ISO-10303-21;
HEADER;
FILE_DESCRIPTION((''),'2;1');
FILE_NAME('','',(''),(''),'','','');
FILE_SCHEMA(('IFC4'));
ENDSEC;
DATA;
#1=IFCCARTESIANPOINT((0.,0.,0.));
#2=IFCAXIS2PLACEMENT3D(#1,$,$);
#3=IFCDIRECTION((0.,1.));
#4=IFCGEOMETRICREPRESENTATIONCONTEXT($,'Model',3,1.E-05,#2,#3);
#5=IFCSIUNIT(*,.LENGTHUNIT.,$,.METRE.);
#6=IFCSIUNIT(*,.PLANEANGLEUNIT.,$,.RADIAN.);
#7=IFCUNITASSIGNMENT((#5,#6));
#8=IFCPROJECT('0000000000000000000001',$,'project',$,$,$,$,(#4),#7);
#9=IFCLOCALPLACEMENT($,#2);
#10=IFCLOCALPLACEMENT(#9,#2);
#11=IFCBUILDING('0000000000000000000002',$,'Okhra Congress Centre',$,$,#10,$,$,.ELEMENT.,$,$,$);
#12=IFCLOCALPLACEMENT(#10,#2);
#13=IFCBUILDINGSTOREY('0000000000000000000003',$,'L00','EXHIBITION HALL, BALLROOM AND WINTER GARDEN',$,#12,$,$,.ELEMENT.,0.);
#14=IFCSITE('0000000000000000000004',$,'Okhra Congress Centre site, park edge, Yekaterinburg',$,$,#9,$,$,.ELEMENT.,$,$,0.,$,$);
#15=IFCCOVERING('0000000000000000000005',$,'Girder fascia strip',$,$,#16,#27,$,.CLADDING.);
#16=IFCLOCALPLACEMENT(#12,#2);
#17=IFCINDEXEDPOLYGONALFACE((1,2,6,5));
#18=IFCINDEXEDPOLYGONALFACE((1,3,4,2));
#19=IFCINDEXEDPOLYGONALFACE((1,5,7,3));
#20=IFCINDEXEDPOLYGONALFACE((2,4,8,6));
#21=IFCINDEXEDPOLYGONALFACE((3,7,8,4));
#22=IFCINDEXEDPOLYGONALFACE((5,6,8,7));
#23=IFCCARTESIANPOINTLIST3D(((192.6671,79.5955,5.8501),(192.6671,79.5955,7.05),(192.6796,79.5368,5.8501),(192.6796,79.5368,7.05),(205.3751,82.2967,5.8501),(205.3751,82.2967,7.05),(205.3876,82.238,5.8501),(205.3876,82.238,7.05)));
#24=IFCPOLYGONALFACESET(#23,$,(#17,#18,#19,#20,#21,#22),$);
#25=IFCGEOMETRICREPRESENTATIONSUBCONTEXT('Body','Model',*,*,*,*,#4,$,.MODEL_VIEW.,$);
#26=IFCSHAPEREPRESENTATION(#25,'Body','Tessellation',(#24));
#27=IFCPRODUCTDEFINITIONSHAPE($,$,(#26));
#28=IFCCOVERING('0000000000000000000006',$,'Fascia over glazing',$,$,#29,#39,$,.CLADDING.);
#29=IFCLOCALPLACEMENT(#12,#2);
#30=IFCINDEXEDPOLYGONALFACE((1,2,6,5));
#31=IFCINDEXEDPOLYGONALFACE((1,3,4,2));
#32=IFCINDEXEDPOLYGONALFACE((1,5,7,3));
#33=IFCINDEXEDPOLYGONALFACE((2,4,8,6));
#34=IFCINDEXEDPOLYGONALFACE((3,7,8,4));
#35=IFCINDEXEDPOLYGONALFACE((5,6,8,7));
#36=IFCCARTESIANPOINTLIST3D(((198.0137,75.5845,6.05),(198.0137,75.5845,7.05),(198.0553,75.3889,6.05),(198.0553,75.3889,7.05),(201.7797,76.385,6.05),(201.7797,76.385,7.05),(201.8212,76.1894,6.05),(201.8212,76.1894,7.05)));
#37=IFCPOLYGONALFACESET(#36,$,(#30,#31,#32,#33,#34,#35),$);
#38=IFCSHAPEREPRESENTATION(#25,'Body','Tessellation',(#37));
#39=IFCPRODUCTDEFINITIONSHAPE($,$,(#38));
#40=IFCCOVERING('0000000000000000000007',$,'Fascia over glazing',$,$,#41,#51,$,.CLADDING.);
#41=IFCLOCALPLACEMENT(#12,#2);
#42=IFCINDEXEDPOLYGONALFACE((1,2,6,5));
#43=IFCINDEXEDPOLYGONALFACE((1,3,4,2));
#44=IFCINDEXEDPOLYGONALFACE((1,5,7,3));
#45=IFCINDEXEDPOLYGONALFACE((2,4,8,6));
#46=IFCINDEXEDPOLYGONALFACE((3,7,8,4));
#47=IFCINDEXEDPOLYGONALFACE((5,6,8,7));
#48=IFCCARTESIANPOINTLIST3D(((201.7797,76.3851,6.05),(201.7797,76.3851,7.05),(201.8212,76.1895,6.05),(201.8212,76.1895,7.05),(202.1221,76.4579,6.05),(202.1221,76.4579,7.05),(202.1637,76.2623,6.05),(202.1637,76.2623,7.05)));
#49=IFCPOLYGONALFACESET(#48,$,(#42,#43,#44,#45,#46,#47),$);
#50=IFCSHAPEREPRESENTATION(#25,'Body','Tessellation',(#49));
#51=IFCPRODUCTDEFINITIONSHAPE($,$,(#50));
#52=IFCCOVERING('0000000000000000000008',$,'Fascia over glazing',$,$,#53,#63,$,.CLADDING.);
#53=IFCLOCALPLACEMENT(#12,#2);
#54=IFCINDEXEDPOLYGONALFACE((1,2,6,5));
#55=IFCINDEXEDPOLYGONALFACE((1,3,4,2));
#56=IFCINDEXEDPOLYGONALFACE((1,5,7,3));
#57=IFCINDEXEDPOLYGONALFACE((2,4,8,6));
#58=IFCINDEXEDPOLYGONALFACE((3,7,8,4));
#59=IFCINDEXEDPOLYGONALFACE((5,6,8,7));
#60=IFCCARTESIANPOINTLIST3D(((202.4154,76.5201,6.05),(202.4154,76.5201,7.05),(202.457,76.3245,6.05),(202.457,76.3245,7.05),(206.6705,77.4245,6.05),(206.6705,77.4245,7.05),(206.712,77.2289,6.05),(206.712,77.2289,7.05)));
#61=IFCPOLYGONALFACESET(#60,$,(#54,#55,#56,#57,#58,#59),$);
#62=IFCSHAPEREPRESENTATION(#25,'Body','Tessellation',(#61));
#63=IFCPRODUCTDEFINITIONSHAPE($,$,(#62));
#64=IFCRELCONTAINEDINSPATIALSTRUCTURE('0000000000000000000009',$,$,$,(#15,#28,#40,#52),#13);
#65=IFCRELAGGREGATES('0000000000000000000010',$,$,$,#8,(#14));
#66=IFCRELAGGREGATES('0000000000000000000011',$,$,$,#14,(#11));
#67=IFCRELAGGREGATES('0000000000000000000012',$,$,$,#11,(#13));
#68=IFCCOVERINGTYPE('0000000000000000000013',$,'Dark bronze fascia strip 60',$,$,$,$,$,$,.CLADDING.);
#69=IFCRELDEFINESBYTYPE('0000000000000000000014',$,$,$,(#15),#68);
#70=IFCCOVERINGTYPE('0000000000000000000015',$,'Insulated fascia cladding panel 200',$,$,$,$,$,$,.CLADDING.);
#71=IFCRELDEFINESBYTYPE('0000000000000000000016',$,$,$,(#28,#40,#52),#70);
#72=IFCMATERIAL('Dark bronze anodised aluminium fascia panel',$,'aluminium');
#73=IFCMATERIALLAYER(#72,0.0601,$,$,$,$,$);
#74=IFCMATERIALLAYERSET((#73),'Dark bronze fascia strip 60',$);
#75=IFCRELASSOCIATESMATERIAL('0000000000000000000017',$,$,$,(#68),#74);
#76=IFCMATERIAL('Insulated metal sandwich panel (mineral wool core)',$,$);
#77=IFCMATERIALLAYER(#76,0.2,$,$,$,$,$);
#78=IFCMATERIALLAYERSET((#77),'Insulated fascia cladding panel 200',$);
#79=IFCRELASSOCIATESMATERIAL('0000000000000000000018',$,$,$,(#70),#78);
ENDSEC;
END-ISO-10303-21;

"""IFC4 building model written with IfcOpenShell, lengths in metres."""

from ifc_helpers import new_model, si_unit, direction, frame, origin, origin_2d, place, context, subcontext, project, spatial, rectangle, extrude, material, layer, layer_set, type_object, element, save


model = new_model("IFC4")

# Units and contexts
model_context = context("Model", 3, precision=1e-05, world=origin(), true_north=direction((0.0, 1.0)))
body_context = subcontext(model_context, "Body", "Model", "MODEL_VIEW")
ifc_project = project(units=[si_unit("LENGTHUNIT", "METRE"), si_unit("PLANEANGLEUNIT", "RADIAN")], contexts=[model_context])

# Site, building, storey
site_placement = place(None, origin())
site = spatial("IfcSite", under=ifc_project, at=site_placement, Name="Okhra Congress Centre site, park edge, Yekaterinburg", CompositionType="ELEMENT", RefElevation=0.0)
building_placement = place(site_placement, origin())
building = spatial("IfcBuilding", under=site, at=building_placement, Name="Okhra Congress Centre", CompositionType="ELEMENT")
storey_placement = place(building_placement, origin())
storey = spatial("IfcBuildingStorey", under=building, at=storey_placement, Name="L00", Description="EXHIBITION HALL, BALLROOM AND WINTER GARDEN", CompositionType="ELEMENT", Elevation=0.0)

# Coverings
ifc_material_1 = material(Name="Dark bronze anodised aluminium fascia panel", Category="aluminium")
ifc_layer_1 = layer(ifc_material_1, 0.0601)
ifc_layer_set_1 = layer_set([ifc_layer_1], Name="Dark bronze fascia strip 60")
covering_type_1 = type_object("IfcCoveringType", Name="Dark bronze fascia strip 60", PredefinedType="CLADDING", material=ifc_layer_set_1)
covering_1_placement = place(storey_placement, frame((199.0273, 80.9167, 5.8501), z_axis=(0.0, 0.0, 1.0), x_axis=(0.978148, 0.207912, 0.0)))
element("IfcCovering", 1, at=covering_1_placement, inside=storey, type_object=covering_type_1, Name="Girder fascia strip", PredefinedType="CLADDING", context=body_context, shape_type="SweptSolid", body=[
    extrude(rectangle(XDim=12.9919, YDim=0.0601, at=origin_2d()), origin(), (0.0, 0.0, 1.0), 1.2),
])
ifc_material_2 = material(Name="Insulated metal sandwich panel (mineral wool core)")
ifc_layer_2 = layer(ifc_material_2, 0.2)
ifc_layer_set_2 = layer_set([ifc_layer_2], Name="Insulated fascia cladding panel 200")
covering_type_2 = type_object("IfcCoveringType", Name="Insulated fascia cladding panel 200", PredefinedType="CLADDING", material=ifc_layer_set_2)
covering_2_placement = place(storey_placement, frame((199.9175, 75.887, 6.05), z_axis=(0.0, 0.0, 1.0), x_axis=(0.978148, 0.207912, 0.0)))
element("IfcCovering", 2, at=covering_2_placement, inside=storey, type_object=covering_type_2, Name="Fascia over glazing", PredefinedType="CLADDING", context=body_context, shape_type="SweptSolid", body=[
    extrude(rectangle(XDim=3.8501, YDim=0.2, at=origin_2d()), origin(), (0.0, 0.0, 1.0), 1.0),
])
covering_3_placement = place(storey_placement, frame((201.9717, 76.3237, 6.05), z_axis=(0.0, 0.0, 1.0), x_axis=(0.978148, 0.207912, 0.0)))
element("IfcCovering", 3, at=covering_3_placement, inside=storey, type_object=covering_type_2, Name="Fascia over glazing", PredefinedType="CLADDING", context=body_context, shape_type="SweptSolid", body=[
    extrude(rectangle(XDim=0.3501, YDim=0.2, at=origin_2d()), origin(), (0.0, 0.0, 1.0), 1.0),
])
covering_4_placement = place(storey_placement, frame((204.5637, 76.8745, 6.05), z_axis=(0.0, 0.0, 1.0), x_axis=(0.978148, 0.207912, 0.0)))
element("IfcCovering", 4, at=covering_4_placement, inside=storey, type_object=covering_type_2, Name="Fascia over glazing", PredefinedType="CLADDING", context=body_context, shape_type="SweptSolid", body=[
    extrude(rectangle(XDim=4.3501, YDim=0.2, at=origin_2d()), origin(), (0.0, 0.0, 1.0), 1.0),
])

save(model, "model.ifc")
